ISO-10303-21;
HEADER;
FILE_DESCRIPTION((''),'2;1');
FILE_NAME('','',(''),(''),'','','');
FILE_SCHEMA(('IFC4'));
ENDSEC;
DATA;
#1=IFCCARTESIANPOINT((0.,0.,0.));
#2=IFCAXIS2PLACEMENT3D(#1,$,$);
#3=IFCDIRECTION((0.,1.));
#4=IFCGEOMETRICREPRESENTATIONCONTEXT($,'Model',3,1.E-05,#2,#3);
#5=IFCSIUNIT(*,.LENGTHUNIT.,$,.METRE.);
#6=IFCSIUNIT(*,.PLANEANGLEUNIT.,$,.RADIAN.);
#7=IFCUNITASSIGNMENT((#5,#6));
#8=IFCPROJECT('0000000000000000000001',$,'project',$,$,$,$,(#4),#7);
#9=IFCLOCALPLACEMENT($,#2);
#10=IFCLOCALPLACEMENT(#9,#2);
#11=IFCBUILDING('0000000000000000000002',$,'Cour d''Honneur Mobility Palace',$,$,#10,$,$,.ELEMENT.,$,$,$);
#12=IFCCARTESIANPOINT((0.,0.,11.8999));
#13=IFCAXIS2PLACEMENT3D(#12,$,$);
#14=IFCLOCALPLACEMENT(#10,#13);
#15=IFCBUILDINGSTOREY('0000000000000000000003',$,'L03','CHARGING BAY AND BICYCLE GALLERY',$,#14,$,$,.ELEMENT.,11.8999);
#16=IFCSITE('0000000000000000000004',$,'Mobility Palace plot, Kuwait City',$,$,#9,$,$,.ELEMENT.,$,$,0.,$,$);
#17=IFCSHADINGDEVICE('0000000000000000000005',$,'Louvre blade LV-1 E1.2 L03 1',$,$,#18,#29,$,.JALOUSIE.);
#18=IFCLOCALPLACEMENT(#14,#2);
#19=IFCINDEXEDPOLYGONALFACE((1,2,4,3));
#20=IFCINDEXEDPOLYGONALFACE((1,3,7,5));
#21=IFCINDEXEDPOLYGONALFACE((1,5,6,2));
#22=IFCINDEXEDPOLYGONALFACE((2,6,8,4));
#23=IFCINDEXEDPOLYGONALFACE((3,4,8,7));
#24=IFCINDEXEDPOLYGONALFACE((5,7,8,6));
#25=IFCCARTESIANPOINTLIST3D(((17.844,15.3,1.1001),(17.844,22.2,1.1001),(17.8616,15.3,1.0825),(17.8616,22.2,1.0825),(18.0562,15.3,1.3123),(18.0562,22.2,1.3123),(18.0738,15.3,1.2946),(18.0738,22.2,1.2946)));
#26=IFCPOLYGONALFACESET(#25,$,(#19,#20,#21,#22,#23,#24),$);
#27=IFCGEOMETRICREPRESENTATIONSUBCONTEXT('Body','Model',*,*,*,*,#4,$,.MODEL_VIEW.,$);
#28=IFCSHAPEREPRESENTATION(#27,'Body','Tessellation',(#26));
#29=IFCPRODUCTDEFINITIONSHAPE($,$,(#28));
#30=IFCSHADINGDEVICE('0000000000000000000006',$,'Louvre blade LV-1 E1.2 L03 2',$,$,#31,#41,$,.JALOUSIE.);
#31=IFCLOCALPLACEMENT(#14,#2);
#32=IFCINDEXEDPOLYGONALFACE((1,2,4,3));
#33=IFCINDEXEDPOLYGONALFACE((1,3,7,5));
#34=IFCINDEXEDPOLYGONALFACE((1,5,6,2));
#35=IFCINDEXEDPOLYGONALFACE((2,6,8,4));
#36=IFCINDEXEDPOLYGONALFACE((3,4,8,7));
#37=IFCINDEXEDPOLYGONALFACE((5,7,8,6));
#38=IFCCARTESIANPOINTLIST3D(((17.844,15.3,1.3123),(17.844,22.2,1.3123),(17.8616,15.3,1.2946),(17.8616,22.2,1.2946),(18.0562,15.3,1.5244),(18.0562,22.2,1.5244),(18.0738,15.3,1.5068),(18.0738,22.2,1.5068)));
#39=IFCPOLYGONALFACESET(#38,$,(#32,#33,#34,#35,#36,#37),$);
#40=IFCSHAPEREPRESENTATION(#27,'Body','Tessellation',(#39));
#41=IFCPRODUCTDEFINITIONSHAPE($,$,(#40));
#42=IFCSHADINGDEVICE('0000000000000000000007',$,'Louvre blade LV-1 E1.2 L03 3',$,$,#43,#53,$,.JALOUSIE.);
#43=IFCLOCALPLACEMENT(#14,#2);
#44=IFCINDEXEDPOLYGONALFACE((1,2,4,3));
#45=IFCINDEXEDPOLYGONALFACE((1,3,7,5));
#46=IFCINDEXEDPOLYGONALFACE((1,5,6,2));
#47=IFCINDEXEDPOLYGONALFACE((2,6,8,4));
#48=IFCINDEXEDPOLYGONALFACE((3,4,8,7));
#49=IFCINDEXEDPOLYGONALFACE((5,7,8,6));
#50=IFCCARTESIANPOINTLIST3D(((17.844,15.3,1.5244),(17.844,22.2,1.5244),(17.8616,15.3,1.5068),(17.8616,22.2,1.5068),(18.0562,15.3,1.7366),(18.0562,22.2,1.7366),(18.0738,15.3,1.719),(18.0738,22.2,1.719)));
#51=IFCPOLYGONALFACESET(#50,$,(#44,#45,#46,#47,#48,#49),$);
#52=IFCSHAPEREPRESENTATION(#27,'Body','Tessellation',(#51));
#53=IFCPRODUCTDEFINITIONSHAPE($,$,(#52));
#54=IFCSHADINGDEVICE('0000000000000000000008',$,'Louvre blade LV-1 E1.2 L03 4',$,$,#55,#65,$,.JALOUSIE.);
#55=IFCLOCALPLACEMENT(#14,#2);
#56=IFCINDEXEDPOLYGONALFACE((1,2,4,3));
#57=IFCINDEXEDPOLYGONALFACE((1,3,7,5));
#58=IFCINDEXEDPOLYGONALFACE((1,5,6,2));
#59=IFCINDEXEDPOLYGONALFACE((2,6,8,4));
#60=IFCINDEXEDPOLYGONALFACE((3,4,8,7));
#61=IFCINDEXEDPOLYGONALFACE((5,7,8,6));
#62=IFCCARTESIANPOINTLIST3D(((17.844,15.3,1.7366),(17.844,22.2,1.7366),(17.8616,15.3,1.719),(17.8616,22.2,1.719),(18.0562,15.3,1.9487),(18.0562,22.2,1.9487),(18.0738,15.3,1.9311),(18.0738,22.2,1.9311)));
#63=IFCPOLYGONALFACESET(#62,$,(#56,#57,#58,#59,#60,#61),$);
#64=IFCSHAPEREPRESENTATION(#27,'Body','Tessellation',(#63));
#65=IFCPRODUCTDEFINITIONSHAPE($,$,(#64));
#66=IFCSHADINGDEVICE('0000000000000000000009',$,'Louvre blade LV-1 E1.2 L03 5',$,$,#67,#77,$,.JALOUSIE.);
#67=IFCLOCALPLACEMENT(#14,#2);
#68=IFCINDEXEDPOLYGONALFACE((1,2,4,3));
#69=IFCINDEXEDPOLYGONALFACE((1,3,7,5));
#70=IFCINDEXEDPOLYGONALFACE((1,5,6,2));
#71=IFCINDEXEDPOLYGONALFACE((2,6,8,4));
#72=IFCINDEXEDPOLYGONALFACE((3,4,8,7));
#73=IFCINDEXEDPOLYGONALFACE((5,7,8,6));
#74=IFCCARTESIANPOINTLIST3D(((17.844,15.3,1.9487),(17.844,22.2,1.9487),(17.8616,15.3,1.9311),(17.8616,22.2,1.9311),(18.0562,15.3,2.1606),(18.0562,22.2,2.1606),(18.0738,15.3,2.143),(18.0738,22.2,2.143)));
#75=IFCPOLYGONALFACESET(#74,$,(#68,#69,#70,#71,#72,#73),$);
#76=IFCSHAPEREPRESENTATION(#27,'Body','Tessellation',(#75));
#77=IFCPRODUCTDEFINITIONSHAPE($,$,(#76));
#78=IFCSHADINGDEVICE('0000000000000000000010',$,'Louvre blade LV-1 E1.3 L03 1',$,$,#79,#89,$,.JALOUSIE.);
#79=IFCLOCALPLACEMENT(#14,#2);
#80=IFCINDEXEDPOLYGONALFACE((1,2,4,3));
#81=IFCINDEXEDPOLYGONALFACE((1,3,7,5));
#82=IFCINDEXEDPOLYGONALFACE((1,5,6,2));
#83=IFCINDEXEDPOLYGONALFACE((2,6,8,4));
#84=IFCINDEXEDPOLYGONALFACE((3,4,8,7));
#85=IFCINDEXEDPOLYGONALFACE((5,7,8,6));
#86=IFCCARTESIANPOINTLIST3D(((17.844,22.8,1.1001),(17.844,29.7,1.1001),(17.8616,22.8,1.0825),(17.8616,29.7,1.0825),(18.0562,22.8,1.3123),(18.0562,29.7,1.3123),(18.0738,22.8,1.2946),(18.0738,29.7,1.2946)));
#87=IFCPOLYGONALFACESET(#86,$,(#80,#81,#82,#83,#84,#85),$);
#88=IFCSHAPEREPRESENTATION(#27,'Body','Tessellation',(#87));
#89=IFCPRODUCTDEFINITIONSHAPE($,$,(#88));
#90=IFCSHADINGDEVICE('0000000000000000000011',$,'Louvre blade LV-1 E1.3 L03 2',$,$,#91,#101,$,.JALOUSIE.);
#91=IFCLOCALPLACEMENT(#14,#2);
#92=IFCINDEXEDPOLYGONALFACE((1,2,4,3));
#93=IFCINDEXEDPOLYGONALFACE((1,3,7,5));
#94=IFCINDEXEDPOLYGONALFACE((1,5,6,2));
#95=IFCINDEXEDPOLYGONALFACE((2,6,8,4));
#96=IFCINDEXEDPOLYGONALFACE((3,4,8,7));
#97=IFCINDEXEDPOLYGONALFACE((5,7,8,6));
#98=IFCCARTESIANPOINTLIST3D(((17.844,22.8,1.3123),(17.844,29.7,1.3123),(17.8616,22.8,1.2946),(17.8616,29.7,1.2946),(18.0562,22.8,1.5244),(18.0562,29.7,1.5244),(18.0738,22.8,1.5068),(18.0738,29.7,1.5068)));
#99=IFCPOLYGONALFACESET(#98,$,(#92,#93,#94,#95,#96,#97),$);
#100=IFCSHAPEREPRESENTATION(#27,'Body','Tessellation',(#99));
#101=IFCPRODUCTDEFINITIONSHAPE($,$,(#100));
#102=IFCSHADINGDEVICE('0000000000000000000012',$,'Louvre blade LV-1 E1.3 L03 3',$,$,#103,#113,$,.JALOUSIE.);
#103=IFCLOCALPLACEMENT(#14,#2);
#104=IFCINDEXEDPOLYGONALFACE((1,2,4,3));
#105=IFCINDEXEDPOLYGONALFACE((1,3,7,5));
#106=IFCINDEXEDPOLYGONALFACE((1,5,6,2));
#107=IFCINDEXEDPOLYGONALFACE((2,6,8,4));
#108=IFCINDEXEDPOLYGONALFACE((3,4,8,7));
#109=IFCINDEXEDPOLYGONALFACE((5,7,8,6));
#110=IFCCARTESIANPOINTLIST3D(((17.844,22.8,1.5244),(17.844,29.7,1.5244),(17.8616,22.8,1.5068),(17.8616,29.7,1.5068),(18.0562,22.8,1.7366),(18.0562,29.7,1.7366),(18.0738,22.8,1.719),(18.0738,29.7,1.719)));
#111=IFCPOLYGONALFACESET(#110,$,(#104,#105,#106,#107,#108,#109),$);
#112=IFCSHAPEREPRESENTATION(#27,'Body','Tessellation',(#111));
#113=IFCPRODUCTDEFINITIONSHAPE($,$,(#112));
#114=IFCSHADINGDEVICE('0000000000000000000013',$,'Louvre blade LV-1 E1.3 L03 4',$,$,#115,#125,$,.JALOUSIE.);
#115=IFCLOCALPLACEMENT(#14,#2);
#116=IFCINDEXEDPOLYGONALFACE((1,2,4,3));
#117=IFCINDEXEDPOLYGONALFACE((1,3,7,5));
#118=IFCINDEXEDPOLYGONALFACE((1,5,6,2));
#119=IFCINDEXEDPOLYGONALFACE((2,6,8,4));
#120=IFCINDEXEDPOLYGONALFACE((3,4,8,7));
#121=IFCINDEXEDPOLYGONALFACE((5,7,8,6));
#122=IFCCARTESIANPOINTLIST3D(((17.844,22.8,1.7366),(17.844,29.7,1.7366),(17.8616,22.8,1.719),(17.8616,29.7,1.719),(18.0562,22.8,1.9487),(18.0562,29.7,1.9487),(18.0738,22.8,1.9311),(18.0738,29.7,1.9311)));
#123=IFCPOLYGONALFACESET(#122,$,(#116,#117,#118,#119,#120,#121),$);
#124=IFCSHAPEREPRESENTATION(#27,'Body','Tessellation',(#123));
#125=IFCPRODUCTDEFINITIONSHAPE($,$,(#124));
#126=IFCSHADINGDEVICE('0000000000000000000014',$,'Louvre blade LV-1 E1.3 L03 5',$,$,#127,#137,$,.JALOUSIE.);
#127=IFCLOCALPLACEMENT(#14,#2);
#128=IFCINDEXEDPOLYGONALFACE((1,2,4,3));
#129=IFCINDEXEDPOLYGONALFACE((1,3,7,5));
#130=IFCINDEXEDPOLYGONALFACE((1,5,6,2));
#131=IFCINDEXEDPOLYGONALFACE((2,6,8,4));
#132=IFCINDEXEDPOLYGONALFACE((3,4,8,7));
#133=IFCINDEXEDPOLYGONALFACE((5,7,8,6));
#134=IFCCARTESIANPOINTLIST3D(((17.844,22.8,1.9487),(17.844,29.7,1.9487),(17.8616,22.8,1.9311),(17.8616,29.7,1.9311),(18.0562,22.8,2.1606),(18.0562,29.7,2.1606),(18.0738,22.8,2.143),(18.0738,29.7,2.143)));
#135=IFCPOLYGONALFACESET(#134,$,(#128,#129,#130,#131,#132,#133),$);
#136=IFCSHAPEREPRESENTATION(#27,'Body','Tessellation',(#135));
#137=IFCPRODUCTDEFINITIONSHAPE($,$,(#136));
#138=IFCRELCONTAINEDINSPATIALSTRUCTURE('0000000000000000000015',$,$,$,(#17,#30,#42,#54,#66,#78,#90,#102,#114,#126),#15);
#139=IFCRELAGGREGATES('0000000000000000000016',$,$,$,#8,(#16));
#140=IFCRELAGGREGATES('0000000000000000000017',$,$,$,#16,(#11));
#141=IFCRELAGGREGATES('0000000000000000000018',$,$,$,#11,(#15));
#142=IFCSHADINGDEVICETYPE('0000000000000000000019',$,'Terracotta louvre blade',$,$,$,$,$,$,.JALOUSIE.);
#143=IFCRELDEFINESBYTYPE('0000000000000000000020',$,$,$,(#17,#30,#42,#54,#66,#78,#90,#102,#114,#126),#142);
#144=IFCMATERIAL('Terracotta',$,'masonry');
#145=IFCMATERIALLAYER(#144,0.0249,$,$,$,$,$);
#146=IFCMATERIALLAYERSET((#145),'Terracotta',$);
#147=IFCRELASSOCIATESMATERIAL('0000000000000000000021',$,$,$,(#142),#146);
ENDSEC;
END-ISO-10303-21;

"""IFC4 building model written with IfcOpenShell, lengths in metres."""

from ifc_helpers import new_model, si_unit, direction, frame, origin, place, context, subcontext, project, spatial, polyline, outline, extrude, material, layer, layer_set, type_object, element, save


model = new_model("IFC4")

# Units and contexts
model_context = context("Model", 3, precision=1e-05, world=origin(), true_north=direction((0.0, 1.0)))
body_context = subcontext(model_context, "Body", "Model", "MODEL_VIEW")
ifc_project = project(units=[si_unit("LENGTHUNIT", "METRE"), si_unit("PLANEANGLEUNIT", "RADIAN")], contexts=[model_context])

# Site, building, storey
site_placement = place(None, origin())
site = spatial("IfcSite", under=ifc_project, at=site_placement, Name="Mobility Palace plot, Kuwait City", CompositionType="ELEMENT", RefElevation=0.0)
building_placement = place(site_placement, origin())
building = spatial("IfcBuilding", under=site, at=building_placement, Name="Cour d'Honneur Mobility Palace", CompositionType="ELEMENT")
storey_placement = place(building_placement, frame((0.0, 0.0, 11.8999)))
storey = spatial("IfcBuildingStorey", under=building, at=storey_placement, Name="L03", Description="CHARGING BAY AND BICYCLE GALLERY", CompositionType="ELEMENT", Elevation=11.8999)

# Shading devices
ifc_material_1 = material(Name="Terracotta", Category="masonry")
ifc_layer_1 = layer(ifc_material_1, 0.0249)
ifc_layer_set_1 = layer_set([ifc_layer_1], Name="Terracotta")
shading_device_type = type_object("IfcShadingDeviceType", Name="Terracotta louvre blade", PredefinedType="JALOUSIE", material=ifc_layer_set_1)
for number, where, z_axis, x_axis, name in (
    (1, (17.844, 15.3, 1.1001), (-0.707107, 0.0, 0.707107), (0.0, 1.0, 0.0), "Louvre blade LV-1 E1.2 L03 1"),
    (2, (17.844, 15.3, 1.3123), (-0.707107, 0.0, 0.707107), (0.0, 1.0, 0.0), "Louvre blade LV-1 E1.2 L03 2"),
    (3, (17.844, 15.3, 1.5244), (-0.707107, 0.0, 0.707107), (0.0, 1.0, 0.0), "Louvre blade LV-1 E1.2 L03 3"),
    (4, (17.844, 15.3, 1.7366), (-0.707107, 0.0, 0.707107), (0.0, 1.0, 0.0), "Louvre blade LV-1 E1.2 L03 4"),
):
    element("IfcShadingDevice", number, at=place(storey_placement, frame(where, z_axis=z_axis, x_axis=x_axis)), inside=storey, type_object=shading_device_type, Name=name, PredefinedType="JALOUSIE", context=body_context, shape_type="SweptSolid", body=[
        extrude(outline(polyline([(0.0, 0.0), (6.8999, 0.0), (6.8999, -0.3), (0.0, -0.3), (0.0, 0.0)])), origin(), (0.0, 0.0, -1.0), 0.0249),
    ])
shading_device_1_placement = place(storey_placement, frame((17.844, 15.3, 1.9487), z_axis=(-0.7067, 0.0, 0.707514), x_axis=(0.0, 1.0, 0.0)))
element("IfcShadingDevice", 5, at=shading_device_1_placement, inside=storey, type_object=shading_device_type, Name="Louvre blade LV-1 E1.2 L03 5", PredefinedType="JALOUSIE", context=body_context, shape_type="SweptSolid", body=[
    extrude(outline(polyline([(0.0, 0.0), (6.8999, 0.0), (6.8999, -0.2999), (0.0, -0.2999), (0.0, 0.0)])), origin(), (0.0, 0.0, -1.0), 0.0249),
])
for number, where, z_axis, x_axis, name in (
    (6, (17.844, 22.8, 1.1001), (-0.707107, 0.0, 0.707107), (0.0, 1.0, 0.0), "Louvre blade LV-1 E1.3 L03 1"),
    (7, (17.844, 22.8, 1.3123), (-0.707107, 0.0, 0.707107), (0.0, 1.0, 0.0), "Louvre blade LV-1 E1.3 L03 2"),
    (8, (17.844, 22.8, 1.5244), (-0.707107, 0.0, 0.707107), (0.0, 1.0, 0.0), "Louvre blade LV-1 E1.3 L03 3"),
    (9, (17.844, 22.8, 1.7366), (-0.707107, 0.0, 0.707107), (0.0, 1.0, 0.0), "Louvre blade LV-1 E1.3 L03 4"),
):
    element("IfcShadingDevice", number, at=place(storey_placement, frame(where, z_axis=z_axis, x_axis=x_axis)), inside=storey, type_object=shading_device_type, Name=name, PredefinedType="JALOUSIE", context=body_context, shape_type="SweptSolid", body=[
        extrude(outline(polyline([(0.0, 0.0), (6.8999, 0.0), (6.8999, -0.3), (0.0, -0.3), (0.0, 0.0)])), origin(), (0.0, 0.0, -1.0), 0.0249),
    ])
shading_device_2_placement = place(storey_placement, frame((17.844, 22.8, 1.9487), z_axis=(-0.7067, 0.0, 0.707514), x_axis=(0.0, 1.0, 0.0)))
element("IfcShadingDevice", 10, at=shading_device_2_placement, inside=storey, type_object=shading_device_type, Name="Louvre blade LV-1 E1.3 L03 5", PredefinedType="JALOUSIE", context=body_context, shape_type="SweptSolid", body=[
    extrude(outline(polyline([(0.0, 0.0), (6.8999, 0.0), (6.8999, -0.2999), (0.0, -0.2999), (0.0, 0.0)])), origin(), (0.0, 0.0, -1.0), 0.0249),
])

save(model, "model.ifc")
